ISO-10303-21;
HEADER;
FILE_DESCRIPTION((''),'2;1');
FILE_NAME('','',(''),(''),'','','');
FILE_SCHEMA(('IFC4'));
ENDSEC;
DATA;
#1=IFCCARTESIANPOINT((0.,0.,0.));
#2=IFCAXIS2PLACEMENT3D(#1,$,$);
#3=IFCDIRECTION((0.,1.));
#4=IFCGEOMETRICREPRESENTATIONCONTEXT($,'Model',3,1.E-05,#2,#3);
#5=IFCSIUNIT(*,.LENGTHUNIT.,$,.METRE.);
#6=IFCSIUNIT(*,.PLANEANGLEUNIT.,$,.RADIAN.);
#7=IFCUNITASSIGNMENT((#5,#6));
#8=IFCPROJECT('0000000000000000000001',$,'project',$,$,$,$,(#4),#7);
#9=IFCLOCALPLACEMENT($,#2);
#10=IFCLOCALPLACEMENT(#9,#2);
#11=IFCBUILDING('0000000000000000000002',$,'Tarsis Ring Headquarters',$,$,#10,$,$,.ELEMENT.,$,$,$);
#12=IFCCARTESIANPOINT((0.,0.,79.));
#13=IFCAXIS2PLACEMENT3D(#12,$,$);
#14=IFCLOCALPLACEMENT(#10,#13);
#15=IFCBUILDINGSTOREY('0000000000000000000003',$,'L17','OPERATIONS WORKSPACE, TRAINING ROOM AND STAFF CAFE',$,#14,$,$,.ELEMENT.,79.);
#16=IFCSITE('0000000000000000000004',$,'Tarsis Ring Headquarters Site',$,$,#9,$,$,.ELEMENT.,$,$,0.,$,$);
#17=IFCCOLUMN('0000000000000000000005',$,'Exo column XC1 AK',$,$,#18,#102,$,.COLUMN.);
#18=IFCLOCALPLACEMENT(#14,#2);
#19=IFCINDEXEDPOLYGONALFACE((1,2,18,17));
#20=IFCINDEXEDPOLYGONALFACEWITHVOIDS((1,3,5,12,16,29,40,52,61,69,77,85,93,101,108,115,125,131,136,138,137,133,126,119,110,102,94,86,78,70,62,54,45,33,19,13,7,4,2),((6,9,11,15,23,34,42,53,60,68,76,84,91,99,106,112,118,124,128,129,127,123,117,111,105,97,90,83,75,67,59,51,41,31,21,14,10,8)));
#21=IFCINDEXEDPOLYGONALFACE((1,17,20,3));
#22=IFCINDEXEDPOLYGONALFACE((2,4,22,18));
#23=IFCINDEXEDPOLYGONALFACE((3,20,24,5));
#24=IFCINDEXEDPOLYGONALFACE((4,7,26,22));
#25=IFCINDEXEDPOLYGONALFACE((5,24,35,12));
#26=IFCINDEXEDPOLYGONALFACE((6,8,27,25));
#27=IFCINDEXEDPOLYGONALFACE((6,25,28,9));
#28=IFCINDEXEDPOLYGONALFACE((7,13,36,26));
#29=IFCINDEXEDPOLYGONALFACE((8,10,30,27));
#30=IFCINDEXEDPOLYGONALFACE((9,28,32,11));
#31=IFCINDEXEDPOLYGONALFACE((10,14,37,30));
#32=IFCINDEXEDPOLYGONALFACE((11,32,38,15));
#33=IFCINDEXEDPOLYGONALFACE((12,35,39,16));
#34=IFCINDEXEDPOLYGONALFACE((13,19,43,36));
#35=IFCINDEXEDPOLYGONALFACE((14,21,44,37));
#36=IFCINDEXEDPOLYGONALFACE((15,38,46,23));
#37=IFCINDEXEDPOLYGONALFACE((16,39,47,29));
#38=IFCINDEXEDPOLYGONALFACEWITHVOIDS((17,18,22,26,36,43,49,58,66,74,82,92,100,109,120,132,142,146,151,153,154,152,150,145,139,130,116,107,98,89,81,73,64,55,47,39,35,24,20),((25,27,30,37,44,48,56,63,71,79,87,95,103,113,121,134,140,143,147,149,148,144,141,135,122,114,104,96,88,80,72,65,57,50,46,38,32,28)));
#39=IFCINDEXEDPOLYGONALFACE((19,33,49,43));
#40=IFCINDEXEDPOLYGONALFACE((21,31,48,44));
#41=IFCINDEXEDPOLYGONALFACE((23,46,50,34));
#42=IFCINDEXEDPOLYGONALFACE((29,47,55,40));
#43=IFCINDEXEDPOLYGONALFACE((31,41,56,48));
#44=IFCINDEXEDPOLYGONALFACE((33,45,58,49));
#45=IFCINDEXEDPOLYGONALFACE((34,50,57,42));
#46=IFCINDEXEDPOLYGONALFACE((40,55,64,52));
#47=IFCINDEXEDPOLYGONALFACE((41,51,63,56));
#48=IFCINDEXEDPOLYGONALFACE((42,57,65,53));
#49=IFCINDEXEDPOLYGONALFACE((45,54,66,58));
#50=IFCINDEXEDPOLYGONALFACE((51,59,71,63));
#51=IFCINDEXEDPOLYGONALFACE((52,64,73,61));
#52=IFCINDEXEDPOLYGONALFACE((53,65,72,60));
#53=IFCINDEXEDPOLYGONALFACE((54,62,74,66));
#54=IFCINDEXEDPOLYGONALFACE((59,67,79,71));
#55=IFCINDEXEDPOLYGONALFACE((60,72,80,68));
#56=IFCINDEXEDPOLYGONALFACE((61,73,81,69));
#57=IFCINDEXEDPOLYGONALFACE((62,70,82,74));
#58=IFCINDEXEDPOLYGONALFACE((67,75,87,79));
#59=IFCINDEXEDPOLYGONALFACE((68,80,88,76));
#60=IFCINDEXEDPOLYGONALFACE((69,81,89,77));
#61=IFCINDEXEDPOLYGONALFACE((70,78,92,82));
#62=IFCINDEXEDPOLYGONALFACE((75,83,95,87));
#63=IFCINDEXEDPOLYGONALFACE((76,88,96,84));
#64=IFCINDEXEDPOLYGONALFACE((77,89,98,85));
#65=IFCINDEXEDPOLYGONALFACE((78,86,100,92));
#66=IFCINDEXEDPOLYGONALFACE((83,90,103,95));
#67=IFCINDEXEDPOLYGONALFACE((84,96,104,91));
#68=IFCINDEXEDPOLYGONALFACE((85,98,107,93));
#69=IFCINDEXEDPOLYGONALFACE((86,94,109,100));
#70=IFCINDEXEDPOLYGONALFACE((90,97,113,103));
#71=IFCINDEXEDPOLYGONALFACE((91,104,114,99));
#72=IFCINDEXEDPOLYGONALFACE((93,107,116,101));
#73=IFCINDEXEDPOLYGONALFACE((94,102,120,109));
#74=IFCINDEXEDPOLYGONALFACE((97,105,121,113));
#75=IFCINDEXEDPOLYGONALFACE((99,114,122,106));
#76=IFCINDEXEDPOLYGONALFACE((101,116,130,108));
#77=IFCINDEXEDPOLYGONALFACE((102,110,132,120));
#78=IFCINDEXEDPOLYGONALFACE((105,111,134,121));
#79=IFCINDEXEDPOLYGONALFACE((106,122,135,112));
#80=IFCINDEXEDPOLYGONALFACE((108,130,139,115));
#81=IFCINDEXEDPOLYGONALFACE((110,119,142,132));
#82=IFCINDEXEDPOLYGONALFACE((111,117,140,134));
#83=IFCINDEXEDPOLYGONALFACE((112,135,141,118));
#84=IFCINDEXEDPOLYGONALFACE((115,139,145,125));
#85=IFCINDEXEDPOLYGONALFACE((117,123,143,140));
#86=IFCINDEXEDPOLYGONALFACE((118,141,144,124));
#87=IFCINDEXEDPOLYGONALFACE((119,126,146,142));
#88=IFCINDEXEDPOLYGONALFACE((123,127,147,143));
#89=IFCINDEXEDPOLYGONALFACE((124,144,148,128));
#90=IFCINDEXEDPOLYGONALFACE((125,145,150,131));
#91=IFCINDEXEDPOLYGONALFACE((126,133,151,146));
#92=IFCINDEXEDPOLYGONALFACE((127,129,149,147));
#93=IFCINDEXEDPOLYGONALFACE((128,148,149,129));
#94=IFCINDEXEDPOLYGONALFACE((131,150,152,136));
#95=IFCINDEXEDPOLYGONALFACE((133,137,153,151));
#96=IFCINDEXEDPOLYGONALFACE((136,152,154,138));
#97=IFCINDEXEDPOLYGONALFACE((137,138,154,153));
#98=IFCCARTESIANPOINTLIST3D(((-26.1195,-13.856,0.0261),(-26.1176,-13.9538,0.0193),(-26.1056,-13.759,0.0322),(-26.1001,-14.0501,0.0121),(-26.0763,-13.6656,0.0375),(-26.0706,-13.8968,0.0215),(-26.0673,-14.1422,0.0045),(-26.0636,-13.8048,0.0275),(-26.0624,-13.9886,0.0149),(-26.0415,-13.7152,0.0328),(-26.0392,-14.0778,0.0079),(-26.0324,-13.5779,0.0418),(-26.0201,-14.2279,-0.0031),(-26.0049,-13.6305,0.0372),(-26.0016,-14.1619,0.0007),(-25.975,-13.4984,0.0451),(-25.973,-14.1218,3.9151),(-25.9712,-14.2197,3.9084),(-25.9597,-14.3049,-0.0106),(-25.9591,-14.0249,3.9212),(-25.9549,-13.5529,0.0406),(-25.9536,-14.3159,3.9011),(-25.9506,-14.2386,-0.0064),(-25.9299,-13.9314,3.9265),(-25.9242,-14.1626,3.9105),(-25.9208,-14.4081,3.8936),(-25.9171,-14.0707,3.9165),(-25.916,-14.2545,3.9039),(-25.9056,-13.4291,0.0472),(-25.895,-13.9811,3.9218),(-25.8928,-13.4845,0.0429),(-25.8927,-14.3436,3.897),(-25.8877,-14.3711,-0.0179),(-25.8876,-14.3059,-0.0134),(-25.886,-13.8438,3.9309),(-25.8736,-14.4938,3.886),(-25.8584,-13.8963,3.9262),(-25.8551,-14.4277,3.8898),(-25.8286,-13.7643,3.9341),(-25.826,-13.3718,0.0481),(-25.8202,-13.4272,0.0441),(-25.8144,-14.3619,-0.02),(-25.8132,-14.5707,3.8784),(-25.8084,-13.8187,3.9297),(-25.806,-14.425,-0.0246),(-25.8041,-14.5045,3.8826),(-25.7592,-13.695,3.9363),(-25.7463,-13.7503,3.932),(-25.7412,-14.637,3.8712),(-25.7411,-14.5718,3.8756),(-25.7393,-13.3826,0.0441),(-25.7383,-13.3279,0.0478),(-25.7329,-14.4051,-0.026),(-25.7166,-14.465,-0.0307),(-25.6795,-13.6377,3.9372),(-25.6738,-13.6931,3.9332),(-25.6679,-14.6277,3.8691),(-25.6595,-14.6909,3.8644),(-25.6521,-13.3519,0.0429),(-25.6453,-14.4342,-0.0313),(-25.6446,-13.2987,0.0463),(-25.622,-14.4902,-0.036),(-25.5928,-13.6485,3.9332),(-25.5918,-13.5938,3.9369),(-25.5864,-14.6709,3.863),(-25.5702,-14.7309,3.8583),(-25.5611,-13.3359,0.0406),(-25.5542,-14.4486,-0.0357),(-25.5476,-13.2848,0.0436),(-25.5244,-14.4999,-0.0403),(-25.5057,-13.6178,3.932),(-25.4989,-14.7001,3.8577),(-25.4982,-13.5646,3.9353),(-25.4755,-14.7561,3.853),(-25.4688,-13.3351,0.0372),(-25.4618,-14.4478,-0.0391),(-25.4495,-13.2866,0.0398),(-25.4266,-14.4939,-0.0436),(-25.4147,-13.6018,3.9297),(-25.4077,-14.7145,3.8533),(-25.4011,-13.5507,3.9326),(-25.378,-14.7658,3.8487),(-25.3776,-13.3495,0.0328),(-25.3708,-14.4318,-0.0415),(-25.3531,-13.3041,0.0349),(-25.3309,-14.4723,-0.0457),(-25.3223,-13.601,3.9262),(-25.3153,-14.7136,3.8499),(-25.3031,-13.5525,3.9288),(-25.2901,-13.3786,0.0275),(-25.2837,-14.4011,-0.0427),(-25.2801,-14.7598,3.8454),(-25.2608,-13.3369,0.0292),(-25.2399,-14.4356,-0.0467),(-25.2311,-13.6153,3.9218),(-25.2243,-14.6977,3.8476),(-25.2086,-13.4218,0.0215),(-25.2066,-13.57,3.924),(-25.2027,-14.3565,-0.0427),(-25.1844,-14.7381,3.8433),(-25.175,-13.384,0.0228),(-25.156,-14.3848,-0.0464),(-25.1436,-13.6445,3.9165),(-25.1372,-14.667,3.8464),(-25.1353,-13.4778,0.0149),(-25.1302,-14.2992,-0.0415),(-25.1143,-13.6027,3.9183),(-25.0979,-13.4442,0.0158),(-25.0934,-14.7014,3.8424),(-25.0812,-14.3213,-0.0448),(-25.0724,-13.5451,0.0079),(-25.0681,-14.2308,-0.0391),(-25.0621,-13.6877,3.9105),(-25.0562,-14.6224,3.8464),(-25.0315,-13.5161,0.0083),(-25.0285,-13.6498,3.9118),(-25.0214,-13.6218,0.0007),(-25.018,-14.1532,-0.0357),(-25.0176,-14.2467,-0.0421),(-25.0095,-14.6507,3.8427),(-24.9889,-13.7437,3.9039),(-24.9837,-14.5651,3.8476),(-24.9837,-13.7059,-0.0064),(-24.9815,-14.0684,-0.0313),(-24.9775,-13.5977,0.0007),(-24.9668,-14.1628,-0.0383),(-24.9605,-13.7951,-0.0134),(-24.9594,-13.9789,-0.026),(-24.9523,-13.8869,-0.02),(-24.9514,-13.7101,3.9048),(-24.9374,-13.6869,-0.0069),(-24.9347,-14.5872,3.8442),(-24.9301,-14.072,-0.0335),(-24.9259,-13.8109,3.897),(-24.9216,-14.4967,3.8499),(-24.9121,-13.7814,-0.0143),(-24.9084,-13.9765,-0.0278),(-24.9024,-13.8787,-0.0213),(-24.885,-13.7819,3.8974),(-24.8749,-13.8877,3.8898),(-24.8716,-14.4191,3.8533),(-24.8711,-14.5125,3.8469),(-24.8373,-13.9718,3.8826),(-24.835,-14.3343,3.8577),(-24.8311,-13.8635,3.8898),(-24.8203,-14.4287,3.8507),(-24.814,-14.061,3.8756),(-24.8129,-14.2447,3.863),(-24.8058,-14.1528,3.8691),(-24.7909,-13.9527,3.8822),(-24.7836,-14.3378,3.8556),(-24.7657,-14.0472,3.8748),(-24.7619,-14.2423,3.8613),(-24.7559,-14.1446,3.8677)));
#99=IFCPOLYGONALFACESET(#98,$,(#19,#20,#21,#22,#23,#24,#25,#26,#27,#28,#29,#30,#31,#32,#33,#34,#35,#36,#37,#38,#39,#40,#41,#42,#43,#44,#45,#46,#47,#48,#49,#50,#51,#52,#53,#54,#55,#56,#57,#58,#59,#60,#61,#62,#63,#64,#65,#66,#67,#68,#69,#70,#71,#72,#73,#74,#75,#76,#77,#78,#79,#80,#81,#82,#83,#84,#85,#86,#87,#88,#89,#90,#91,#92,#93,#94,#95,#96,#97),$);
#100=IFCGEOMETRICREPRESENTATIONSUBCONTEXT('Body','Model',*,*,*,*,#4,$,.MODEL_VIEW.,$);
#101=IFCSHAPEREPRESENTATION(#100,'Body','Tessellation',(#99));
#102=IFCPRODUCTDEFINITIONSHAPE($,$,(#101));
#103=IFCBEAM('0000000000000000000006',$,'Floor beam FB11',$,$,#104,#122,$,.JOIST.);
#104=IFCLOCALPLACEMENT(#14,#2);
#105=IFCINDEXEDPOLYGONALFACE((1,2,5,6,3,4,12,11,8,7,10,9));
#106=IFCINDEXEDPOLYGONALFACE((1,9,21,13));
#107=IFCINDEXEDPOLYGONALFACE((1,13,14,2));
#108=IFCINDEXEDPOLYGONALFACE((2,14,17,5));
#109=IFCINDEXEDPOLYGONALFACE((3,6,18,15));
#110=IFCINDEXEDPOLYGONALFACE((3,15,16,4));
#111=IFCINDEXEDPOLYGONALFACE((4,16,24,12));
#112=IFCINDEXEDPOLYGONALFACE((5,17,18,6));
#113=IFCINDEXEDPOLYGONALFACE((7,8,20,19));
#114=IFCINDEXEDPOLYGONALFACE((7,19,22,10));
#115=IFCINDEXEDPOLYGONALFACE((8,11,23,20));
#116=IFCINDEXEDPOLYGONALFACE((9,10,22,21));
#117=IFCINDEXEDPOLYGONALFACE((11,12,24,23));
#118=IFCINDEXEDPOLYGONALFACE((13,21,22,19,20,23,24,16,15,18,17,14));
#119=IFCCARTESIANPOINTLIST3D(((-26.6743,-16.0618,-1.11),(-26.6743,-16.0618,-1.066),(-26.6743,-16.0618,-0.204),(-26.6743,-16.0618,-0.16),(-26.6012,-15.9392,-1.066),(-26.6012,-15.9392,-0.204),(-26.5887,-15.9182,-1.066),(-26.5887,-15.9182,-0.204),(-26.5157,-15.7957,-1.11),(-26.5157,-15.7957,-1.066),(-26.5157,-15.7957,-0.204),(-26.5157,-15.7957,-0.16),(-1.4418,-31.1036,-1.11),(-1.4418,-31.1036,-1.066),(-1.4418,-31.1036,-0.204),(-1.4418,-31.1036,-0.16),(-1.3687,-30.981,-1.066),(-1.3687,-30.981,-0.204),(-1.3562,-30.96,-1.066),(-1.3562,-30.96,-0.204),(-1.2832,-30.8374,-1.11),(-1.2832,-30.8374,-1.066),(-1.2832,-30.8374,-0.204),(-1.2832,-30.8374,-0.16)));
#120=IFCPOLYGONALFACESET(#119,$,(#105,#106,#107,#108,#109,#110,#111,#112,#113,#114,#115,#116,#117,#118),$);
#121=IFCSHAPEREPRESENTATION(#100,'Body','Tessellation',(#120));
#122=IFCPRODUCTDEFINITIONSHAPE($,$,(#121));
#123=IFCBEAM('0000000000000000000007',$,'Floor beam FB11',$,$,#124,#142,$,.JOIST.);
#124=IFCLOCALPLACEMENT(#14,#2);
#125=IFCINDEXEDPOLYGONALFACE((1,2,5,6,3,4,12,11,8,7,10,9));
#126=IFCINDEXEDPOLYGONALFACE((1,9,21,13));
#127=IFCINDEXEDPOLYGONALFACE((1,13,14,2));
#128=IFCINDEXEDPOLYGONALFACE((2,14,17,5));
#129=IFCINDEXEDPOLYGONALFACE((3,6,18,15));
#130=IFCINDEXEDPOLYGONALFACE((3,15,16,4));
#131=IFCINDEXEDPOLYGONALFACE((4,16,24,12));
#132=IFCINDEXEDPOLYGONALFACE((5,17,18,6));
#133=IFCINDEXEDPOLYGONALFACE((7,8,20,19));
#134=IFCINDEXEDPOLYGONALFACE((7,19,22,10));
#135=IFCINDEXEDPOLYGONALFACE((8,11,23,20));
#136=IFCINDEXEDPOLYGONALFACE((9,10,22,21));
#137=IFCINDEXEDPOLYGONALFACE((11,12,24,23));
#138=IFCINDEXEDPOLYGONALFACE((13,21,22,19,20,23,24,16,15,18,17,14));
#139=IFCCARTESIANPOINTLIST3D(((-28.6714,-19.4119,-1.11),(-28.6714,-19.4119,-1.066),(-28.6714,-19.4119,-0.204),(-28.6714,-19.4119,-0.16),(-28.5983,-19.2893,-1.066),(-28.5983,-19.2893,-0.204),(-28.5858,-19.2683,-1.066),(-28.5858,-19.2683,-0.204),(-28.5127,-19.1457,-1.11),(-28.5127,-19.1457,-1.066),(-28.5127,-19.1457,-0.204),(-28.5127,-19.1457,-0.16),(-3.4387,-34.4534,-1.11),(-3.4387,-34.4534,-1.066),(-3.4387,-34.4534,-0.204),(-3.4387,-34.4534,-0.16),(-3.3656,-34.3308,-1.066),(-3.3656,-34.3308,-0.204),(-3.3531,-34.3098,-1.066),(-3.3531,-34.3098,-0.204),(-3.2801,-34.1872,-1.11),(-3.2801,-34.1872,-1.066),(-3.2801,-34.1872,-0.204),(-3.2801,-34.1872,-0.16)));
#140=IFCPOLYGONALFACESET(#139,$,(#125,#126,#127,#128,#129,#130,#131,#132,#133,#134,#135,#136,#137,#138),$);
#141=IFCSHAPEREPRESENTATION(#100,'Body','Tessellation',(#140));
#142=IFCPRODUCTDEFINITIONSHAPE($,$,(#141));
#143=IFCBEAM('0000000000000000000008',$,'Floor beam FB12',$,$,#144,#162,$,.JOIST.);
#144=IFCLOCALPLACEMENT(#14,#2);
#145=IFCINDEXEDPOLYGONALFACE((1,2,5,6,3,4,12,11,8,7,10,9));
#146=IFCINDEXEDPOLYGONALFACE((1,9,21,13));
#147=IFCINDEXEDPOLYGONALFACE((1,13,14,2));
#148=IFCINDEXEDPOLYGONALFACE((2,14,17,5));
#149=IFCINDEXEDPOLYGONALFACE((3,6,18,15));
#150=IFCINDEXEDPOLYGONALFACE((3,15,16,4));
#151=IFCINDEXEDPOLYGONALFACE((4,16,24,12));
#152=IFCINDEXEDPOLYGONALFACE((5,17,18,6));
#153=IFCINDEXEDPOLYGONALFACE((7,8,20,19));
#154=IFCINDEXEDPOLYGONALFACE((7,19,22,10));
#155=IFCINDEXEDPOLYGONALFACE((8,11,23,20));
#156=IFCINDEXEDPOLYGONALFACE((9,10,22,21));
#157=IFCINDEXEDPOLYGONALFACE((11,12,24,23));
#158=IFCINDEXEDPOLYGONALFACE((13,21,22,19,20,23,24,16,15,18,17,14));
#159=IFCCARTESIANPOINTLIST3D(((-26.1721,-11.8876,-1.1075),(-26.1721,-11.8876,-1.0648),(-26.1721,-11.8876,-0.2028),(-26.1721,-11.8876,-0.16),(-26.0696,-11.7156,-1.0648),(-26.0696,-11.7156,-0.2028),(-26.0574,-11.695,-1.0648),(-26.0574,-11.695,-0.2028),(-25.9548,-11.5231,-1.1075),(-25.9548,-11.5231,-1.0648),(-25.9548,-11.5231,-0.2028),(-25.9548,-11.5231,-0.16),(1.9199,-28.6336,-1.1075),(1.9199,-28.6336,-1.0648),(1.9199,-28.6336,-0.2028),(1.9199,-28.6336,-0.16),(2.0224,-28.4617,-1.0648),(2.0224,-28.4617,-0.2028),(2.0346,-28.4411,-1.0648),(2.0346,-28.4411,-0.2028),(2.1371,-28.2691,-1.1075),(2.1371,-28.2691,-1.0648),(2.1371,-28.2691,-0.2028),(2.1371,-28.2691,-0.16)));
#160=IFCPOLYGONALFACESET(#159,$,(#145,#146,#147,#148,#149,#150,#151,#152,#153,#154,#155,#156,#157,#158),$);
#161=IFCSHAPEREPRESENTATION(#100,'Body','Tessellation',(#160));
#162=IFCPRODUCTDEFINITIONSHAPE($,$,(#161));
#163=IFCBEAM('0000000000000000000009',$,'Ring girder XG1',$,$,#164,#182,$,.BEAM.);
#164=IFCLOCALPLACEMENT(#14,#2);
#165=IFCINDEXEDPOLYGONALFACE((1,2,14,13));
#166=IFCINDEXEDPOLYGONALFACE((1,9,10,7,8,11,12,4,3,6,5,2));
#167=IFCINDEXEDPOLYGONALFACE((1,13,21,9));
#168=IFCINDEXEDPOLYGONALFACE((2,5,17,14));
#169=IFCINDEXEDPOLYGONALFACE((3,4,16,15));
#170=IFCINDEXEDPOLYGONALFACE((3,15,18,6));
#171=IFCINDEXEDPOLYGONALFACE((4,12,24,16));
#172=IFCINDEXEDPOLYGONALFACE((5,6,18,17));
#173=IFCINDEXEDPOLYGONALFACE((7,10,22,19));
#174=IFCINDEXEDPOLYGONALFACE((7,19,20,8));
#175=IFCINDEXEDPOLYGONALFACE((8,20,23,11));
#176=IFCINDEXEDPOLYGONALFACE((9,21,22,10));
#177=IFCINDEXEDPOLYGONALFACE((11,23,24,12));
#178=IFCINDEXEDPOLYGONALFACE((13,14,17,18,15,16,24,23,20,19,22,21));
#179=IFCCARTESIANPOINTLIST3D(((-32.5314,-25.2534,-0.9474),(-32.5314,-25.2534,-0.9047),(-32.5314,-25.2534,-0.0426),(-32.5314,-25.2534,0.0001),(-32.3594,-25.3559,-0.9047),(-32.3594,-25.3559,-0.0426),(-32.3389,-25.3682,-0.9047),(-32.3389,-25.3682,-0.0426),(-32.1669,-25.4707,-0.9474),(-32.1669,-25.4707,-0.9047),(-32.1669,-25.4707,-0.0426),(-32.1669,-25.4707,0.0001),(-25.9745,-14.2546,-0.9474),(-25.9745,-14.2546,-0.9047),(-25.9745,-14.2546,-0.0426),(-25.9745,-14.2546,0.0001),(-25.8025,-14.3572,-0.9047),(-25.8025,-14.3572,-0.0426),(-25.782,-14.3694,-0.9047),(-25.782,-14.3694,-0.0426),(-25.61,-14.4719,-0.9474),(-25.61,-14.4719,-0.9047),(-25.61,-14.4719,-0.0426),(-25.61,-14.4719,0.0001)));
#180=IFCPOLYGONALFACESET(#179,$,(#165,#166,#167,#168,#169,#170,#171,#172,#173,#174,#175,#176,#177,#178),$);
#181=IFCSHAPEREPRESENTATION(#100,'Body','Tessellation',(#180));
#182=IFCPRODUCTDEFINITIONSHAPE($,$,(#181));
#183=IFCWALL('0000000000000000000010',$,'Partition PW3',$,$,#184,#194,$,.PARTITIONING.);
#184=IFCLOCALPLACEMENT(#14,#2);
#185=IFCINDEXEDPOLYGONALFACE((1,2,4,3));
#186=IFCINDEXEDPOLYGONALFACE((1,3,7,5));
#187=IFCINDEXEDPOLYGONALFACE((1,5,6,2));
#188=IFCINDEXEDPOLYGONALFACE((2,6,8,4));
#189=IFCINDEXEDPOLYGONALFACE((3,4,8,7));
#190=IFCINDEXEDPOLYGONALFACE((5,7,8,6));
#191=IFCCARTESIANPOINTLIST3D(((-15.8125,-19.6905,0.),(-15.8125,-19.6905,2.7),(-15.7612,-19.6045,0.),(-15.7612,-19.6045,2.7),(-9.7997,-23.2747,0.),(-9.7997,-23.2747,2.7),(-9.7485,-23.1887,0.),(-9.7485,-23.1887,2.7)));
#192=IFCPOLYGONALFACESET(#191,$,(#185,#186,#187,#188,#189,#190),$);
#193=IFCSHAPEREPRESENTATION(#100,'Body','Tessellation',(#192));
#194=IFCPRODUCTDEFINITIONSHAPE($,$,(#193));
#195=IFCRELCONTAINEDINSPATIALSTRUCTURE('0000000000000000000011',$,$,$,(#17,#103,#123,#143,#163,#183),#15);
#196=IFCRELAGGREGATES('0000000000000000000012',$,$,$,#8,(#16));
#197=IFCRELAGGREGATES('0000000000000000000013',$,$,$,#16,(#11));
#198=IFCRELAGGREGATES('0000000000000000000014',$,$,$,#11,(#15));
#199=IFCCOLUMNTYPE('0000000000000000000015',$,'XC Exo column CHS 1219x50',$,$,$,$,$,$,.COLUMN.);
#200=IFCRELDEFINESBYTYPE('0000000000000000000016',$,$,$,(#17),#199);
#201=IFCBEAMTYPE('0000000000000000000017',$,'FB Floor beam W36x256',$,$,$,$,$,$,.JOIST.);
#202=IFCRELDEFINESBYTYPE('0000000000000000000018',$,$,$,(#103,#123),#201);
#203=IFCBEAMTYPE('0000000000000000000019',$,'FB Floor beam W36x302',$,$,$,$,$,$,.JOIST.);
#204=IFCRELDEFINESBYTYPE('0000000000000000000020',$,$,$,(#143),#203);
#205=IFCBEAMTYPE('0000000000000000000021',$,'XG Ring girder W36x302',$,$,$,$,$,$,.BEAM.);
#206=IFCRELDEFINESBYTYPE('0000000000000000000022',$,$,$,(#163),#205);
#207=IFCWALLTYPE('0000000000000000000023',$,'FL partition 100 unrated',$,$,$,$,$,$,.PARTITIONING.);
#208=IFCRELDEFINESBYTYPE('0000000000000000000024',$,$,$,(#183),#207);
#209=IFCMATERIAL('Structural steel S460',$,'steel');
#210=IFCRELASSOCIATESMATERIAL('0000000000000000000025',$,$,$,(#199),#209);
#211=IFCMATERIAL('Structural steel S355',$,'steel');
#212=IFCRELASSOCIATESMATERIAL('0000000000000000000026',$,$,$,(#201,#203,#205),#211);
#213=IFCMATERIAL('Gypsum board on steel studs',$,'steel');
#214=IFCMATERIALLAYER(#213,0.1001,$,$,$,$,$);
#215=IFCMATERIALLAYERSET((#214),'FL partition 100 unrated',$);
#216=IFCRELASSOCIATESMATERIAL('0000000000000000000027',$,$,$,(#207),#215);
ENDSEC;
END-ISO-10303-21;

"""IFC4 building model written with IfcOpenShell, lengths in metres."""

from ifc_helpers import new_model, si_unit, direction, frame, frame_2d, origin, origin_2d, place, context, subcontext, project, spatial, rectangle, hollow_circle, i_section, extrude, material, layer, layer_set, material_profile, profile_set, type_object, element, save


model = new_model("IFC4")

# Units and contexts
model_context = context("Model", 3, precision=1e-05, world=origin(), true_north=direction((0.0, 1.0)))
body_context = subcontext(model_context, "Body", "Model", "MODEL_VIEW")
ifc_project = project(units=[si_unit("LENGTHUNIT", "METRE"), si_unit("PLANEANGLEUNIT", "RADIAN")], contexts=[model_context])

# Site, building, storey
site_placement = place(None, origin())
site = spatial("IfcSite", under=ifc_project, at=site_placement, Name="Tarsis Ring Headquarters Site", CompositionType="ELEMENT", RefElevation=0.0)
building_placement = place(site_placement, origin())
building = spatial("IfcBuilding", under=site, at=building_placement, Name="Tarsis Ring Headquarters", CompositionType="ELEMENT")
storey_placement = place(building_placement, frame((0.0, 0.0, 79.0)))
storey = spatial("IfcBuildingStorey", under=building, at=storey_placement, Name="L17", Description="OPERATIONS WORKSPACE, TRAINING ROOM AND STAFF CAFE", CompositionType="ELEMENT", Elevation=79.0)

# Column
ifc_material_1 = material(Name="Structural steel S460", Category="steel")
ifc_material_profile_1 = material_profile(ifc_material_1, hollow_circle(Radius=0.6096, WallThickness=0.05, at=origin_2d()), Name="CHS 1219x50")
ifc_profile_set_1 = profile_set([ifc_material_profile_1], Name="Structural steel S460")
column_type = type_object("IfcColumnType", Name="XC Exo column CHS 1219x50", PredefinedType="COLUMN", material=ifc_profile_set_1)
column_placement = place(storey_placement, frame((-25.5115, -13.8918, 0.0007), z_axis=(0.037551, -0.068154, 0.996968), x_axis=(0.875859, 0.482567, 0.0)))
element("IfcColumn", 1, at=column_placement, inside=storey, type_object=column_type, Name="Exo column XC1 AK", PredefinedType="COLUMN", context=body_context, shape_type="SweptSolid", body=[
    extrude(hollow_circle(Radius=0.6096, WallThickness=0.05, at=origin_2d()), origin(), (0.0, 0.0, 1.0), 3.9009),
])

# Beams
ifc_material_2 = material(Name="Structural steel S355", Category="steel")
ifc_material_profile_2 = material_profile(ifc_material_2, i_section(OverallWidth=0.3098, OverallDepth=0.95, WebThickness=0.0244, FlangeThickness=0.0439, at=origin_2d()), Name="W36x256")
ifc_profile_set_2 = profile_set([ifc_material_profile_2], Name="Structural steel S355")
beam_type_1 = type_object("IfcBeamType", Name="FB Floor beam W36x256", PredefinedType="JOIST", material=ifc_profile_set_2)
for number, where, z_axis, x_axis, name in (
    (2, (-26.595, -15.9287, -0.635), (0.858957, -0.512048, 0.0), (0.512048, 0.858957, 0.0), "Floor beam FB11"),
    (3, (-28.592, -19.2788, -0.635), (0.858963, -0.512038, 0.0), (0.512038, 0.858963, 0.0), "Floor beam FB11"),
):
    element("IfcBeam", number, at=place(storey_placement, frame(where, z_axis=z_axis, x_axis=x_axis)), inside=storey, type_object=beam_type_1, Name=name, PredefinedType="JOIST", context=body_context, shape_type="SweptSolid", body=[
        extrude(i_section(OverallWidth=0.3098, OverallDepth=0.95, WebThickness=0.0244, FlangeThickness=0.0439, at=origin_2d()), origin(), (0.0, 0.0, 1.0), 29.3757),
    ])
ifc_material_profile_3 = material_profile(ifc_material_2, i_section(OverallWidth=0.4243, OverallDepth=0.9475, WebThickness=0.0239, FlangeThickness=0.0427, at=origin_2d()), Name="W36x302")
ifc_profile_set_3 = profile_set([ifc_material_profile_3], Name="Structural steel S355")
beam_type_2 = type_object("IfcBeamType", Name="FB Floor beam W36x302", PredefinedType="JOIST", material=ifc_profile_set_3)
beam_1_placement = place(storey_placement, frame((-26.0635, -11.7053, -0.6338), z_axis=(0.858962, -0.51204, 0.0), x_axis=(0.51204, 0.858962, 0.0)))
element("IfcBeam", 4, at=beam_1_placement, inside=storey, type_object=beam_type_2, Name="Floor beam FB12", PredefinedType="JOIST", context=body_context, shape_type="SweptSolid", body=[
    extrude(i_section(OverallWidth=0.4243, OverallDepth=0.9475, WebThickness=0.0239, FlangeThickness=0.0427, at=origin_2d()), origin(), (0.0, 0.0, 1.0), 32.7046),
])
beam_type_3 = type_object("IfcBeamType", Name="XG Ring girder W36x302", PredefinedType="BEAM", material=ifc_profile_set_3)
beam_2_placement = place(storey_placement, frame((-25.7922, -14.3633, -0.4736), z_axis=(-0.51206, -0.85895, 0.0), x_axis=(0.85895, -0.51206, 0.0)))
element("IfcBeam", 5, at=beam_2_placement, inside=storey, type_object=beam_type_3, Name="Ring girder XG1", PredefinedType="BEAM", context=body_context, shape_type="SweptSolid", body=[
    extrude(i_section(OverallWidth=0.4243, OverallDepth=0.9475, WebThickness=0.0239, FlangeThickness=0.0427, at=origin_2d()), origin(), (0.0, 0.0, 1.0), 12.8049),
])

# Wall
ifc_material_3 = material(Name="Gypsum board on steel studs", Category="steel")
ifc_layer_1 = layer(ifc_material_3, 0.1001)
ifc_layer_set_1 = layer_set([ifc_layer_1], Name="FL partition 100 unrated")
wall_type_1 = type_object("IfcWallType", Name="FL partition 100 unrated", PredefinedType="PARTITIONING", material=ifc_layer_set_1)
wall_1_placement = place(storey_placement, frame((-15.7869, -19.6475, 0.0), z_axis=(0.0, 0.0, 1.0), x_axis=(0.858963, -0.512037, 0.0)))
element("IfcWall", 6, at=wall_1_placement, inside=storey, type_object=wall_type_1, Name="Partition PW3", PredefinedType="PARTITIONING", context=body_context, shape_type="SweptSolid", body=[
    extrude(rectangle(XDim=7.0, YDim=0.1001, at=frame_2d((3.5, 0.0))), origin(), (0.0, 0.0, 1.0), 2.7),
])

save(model, "model.ifc")
